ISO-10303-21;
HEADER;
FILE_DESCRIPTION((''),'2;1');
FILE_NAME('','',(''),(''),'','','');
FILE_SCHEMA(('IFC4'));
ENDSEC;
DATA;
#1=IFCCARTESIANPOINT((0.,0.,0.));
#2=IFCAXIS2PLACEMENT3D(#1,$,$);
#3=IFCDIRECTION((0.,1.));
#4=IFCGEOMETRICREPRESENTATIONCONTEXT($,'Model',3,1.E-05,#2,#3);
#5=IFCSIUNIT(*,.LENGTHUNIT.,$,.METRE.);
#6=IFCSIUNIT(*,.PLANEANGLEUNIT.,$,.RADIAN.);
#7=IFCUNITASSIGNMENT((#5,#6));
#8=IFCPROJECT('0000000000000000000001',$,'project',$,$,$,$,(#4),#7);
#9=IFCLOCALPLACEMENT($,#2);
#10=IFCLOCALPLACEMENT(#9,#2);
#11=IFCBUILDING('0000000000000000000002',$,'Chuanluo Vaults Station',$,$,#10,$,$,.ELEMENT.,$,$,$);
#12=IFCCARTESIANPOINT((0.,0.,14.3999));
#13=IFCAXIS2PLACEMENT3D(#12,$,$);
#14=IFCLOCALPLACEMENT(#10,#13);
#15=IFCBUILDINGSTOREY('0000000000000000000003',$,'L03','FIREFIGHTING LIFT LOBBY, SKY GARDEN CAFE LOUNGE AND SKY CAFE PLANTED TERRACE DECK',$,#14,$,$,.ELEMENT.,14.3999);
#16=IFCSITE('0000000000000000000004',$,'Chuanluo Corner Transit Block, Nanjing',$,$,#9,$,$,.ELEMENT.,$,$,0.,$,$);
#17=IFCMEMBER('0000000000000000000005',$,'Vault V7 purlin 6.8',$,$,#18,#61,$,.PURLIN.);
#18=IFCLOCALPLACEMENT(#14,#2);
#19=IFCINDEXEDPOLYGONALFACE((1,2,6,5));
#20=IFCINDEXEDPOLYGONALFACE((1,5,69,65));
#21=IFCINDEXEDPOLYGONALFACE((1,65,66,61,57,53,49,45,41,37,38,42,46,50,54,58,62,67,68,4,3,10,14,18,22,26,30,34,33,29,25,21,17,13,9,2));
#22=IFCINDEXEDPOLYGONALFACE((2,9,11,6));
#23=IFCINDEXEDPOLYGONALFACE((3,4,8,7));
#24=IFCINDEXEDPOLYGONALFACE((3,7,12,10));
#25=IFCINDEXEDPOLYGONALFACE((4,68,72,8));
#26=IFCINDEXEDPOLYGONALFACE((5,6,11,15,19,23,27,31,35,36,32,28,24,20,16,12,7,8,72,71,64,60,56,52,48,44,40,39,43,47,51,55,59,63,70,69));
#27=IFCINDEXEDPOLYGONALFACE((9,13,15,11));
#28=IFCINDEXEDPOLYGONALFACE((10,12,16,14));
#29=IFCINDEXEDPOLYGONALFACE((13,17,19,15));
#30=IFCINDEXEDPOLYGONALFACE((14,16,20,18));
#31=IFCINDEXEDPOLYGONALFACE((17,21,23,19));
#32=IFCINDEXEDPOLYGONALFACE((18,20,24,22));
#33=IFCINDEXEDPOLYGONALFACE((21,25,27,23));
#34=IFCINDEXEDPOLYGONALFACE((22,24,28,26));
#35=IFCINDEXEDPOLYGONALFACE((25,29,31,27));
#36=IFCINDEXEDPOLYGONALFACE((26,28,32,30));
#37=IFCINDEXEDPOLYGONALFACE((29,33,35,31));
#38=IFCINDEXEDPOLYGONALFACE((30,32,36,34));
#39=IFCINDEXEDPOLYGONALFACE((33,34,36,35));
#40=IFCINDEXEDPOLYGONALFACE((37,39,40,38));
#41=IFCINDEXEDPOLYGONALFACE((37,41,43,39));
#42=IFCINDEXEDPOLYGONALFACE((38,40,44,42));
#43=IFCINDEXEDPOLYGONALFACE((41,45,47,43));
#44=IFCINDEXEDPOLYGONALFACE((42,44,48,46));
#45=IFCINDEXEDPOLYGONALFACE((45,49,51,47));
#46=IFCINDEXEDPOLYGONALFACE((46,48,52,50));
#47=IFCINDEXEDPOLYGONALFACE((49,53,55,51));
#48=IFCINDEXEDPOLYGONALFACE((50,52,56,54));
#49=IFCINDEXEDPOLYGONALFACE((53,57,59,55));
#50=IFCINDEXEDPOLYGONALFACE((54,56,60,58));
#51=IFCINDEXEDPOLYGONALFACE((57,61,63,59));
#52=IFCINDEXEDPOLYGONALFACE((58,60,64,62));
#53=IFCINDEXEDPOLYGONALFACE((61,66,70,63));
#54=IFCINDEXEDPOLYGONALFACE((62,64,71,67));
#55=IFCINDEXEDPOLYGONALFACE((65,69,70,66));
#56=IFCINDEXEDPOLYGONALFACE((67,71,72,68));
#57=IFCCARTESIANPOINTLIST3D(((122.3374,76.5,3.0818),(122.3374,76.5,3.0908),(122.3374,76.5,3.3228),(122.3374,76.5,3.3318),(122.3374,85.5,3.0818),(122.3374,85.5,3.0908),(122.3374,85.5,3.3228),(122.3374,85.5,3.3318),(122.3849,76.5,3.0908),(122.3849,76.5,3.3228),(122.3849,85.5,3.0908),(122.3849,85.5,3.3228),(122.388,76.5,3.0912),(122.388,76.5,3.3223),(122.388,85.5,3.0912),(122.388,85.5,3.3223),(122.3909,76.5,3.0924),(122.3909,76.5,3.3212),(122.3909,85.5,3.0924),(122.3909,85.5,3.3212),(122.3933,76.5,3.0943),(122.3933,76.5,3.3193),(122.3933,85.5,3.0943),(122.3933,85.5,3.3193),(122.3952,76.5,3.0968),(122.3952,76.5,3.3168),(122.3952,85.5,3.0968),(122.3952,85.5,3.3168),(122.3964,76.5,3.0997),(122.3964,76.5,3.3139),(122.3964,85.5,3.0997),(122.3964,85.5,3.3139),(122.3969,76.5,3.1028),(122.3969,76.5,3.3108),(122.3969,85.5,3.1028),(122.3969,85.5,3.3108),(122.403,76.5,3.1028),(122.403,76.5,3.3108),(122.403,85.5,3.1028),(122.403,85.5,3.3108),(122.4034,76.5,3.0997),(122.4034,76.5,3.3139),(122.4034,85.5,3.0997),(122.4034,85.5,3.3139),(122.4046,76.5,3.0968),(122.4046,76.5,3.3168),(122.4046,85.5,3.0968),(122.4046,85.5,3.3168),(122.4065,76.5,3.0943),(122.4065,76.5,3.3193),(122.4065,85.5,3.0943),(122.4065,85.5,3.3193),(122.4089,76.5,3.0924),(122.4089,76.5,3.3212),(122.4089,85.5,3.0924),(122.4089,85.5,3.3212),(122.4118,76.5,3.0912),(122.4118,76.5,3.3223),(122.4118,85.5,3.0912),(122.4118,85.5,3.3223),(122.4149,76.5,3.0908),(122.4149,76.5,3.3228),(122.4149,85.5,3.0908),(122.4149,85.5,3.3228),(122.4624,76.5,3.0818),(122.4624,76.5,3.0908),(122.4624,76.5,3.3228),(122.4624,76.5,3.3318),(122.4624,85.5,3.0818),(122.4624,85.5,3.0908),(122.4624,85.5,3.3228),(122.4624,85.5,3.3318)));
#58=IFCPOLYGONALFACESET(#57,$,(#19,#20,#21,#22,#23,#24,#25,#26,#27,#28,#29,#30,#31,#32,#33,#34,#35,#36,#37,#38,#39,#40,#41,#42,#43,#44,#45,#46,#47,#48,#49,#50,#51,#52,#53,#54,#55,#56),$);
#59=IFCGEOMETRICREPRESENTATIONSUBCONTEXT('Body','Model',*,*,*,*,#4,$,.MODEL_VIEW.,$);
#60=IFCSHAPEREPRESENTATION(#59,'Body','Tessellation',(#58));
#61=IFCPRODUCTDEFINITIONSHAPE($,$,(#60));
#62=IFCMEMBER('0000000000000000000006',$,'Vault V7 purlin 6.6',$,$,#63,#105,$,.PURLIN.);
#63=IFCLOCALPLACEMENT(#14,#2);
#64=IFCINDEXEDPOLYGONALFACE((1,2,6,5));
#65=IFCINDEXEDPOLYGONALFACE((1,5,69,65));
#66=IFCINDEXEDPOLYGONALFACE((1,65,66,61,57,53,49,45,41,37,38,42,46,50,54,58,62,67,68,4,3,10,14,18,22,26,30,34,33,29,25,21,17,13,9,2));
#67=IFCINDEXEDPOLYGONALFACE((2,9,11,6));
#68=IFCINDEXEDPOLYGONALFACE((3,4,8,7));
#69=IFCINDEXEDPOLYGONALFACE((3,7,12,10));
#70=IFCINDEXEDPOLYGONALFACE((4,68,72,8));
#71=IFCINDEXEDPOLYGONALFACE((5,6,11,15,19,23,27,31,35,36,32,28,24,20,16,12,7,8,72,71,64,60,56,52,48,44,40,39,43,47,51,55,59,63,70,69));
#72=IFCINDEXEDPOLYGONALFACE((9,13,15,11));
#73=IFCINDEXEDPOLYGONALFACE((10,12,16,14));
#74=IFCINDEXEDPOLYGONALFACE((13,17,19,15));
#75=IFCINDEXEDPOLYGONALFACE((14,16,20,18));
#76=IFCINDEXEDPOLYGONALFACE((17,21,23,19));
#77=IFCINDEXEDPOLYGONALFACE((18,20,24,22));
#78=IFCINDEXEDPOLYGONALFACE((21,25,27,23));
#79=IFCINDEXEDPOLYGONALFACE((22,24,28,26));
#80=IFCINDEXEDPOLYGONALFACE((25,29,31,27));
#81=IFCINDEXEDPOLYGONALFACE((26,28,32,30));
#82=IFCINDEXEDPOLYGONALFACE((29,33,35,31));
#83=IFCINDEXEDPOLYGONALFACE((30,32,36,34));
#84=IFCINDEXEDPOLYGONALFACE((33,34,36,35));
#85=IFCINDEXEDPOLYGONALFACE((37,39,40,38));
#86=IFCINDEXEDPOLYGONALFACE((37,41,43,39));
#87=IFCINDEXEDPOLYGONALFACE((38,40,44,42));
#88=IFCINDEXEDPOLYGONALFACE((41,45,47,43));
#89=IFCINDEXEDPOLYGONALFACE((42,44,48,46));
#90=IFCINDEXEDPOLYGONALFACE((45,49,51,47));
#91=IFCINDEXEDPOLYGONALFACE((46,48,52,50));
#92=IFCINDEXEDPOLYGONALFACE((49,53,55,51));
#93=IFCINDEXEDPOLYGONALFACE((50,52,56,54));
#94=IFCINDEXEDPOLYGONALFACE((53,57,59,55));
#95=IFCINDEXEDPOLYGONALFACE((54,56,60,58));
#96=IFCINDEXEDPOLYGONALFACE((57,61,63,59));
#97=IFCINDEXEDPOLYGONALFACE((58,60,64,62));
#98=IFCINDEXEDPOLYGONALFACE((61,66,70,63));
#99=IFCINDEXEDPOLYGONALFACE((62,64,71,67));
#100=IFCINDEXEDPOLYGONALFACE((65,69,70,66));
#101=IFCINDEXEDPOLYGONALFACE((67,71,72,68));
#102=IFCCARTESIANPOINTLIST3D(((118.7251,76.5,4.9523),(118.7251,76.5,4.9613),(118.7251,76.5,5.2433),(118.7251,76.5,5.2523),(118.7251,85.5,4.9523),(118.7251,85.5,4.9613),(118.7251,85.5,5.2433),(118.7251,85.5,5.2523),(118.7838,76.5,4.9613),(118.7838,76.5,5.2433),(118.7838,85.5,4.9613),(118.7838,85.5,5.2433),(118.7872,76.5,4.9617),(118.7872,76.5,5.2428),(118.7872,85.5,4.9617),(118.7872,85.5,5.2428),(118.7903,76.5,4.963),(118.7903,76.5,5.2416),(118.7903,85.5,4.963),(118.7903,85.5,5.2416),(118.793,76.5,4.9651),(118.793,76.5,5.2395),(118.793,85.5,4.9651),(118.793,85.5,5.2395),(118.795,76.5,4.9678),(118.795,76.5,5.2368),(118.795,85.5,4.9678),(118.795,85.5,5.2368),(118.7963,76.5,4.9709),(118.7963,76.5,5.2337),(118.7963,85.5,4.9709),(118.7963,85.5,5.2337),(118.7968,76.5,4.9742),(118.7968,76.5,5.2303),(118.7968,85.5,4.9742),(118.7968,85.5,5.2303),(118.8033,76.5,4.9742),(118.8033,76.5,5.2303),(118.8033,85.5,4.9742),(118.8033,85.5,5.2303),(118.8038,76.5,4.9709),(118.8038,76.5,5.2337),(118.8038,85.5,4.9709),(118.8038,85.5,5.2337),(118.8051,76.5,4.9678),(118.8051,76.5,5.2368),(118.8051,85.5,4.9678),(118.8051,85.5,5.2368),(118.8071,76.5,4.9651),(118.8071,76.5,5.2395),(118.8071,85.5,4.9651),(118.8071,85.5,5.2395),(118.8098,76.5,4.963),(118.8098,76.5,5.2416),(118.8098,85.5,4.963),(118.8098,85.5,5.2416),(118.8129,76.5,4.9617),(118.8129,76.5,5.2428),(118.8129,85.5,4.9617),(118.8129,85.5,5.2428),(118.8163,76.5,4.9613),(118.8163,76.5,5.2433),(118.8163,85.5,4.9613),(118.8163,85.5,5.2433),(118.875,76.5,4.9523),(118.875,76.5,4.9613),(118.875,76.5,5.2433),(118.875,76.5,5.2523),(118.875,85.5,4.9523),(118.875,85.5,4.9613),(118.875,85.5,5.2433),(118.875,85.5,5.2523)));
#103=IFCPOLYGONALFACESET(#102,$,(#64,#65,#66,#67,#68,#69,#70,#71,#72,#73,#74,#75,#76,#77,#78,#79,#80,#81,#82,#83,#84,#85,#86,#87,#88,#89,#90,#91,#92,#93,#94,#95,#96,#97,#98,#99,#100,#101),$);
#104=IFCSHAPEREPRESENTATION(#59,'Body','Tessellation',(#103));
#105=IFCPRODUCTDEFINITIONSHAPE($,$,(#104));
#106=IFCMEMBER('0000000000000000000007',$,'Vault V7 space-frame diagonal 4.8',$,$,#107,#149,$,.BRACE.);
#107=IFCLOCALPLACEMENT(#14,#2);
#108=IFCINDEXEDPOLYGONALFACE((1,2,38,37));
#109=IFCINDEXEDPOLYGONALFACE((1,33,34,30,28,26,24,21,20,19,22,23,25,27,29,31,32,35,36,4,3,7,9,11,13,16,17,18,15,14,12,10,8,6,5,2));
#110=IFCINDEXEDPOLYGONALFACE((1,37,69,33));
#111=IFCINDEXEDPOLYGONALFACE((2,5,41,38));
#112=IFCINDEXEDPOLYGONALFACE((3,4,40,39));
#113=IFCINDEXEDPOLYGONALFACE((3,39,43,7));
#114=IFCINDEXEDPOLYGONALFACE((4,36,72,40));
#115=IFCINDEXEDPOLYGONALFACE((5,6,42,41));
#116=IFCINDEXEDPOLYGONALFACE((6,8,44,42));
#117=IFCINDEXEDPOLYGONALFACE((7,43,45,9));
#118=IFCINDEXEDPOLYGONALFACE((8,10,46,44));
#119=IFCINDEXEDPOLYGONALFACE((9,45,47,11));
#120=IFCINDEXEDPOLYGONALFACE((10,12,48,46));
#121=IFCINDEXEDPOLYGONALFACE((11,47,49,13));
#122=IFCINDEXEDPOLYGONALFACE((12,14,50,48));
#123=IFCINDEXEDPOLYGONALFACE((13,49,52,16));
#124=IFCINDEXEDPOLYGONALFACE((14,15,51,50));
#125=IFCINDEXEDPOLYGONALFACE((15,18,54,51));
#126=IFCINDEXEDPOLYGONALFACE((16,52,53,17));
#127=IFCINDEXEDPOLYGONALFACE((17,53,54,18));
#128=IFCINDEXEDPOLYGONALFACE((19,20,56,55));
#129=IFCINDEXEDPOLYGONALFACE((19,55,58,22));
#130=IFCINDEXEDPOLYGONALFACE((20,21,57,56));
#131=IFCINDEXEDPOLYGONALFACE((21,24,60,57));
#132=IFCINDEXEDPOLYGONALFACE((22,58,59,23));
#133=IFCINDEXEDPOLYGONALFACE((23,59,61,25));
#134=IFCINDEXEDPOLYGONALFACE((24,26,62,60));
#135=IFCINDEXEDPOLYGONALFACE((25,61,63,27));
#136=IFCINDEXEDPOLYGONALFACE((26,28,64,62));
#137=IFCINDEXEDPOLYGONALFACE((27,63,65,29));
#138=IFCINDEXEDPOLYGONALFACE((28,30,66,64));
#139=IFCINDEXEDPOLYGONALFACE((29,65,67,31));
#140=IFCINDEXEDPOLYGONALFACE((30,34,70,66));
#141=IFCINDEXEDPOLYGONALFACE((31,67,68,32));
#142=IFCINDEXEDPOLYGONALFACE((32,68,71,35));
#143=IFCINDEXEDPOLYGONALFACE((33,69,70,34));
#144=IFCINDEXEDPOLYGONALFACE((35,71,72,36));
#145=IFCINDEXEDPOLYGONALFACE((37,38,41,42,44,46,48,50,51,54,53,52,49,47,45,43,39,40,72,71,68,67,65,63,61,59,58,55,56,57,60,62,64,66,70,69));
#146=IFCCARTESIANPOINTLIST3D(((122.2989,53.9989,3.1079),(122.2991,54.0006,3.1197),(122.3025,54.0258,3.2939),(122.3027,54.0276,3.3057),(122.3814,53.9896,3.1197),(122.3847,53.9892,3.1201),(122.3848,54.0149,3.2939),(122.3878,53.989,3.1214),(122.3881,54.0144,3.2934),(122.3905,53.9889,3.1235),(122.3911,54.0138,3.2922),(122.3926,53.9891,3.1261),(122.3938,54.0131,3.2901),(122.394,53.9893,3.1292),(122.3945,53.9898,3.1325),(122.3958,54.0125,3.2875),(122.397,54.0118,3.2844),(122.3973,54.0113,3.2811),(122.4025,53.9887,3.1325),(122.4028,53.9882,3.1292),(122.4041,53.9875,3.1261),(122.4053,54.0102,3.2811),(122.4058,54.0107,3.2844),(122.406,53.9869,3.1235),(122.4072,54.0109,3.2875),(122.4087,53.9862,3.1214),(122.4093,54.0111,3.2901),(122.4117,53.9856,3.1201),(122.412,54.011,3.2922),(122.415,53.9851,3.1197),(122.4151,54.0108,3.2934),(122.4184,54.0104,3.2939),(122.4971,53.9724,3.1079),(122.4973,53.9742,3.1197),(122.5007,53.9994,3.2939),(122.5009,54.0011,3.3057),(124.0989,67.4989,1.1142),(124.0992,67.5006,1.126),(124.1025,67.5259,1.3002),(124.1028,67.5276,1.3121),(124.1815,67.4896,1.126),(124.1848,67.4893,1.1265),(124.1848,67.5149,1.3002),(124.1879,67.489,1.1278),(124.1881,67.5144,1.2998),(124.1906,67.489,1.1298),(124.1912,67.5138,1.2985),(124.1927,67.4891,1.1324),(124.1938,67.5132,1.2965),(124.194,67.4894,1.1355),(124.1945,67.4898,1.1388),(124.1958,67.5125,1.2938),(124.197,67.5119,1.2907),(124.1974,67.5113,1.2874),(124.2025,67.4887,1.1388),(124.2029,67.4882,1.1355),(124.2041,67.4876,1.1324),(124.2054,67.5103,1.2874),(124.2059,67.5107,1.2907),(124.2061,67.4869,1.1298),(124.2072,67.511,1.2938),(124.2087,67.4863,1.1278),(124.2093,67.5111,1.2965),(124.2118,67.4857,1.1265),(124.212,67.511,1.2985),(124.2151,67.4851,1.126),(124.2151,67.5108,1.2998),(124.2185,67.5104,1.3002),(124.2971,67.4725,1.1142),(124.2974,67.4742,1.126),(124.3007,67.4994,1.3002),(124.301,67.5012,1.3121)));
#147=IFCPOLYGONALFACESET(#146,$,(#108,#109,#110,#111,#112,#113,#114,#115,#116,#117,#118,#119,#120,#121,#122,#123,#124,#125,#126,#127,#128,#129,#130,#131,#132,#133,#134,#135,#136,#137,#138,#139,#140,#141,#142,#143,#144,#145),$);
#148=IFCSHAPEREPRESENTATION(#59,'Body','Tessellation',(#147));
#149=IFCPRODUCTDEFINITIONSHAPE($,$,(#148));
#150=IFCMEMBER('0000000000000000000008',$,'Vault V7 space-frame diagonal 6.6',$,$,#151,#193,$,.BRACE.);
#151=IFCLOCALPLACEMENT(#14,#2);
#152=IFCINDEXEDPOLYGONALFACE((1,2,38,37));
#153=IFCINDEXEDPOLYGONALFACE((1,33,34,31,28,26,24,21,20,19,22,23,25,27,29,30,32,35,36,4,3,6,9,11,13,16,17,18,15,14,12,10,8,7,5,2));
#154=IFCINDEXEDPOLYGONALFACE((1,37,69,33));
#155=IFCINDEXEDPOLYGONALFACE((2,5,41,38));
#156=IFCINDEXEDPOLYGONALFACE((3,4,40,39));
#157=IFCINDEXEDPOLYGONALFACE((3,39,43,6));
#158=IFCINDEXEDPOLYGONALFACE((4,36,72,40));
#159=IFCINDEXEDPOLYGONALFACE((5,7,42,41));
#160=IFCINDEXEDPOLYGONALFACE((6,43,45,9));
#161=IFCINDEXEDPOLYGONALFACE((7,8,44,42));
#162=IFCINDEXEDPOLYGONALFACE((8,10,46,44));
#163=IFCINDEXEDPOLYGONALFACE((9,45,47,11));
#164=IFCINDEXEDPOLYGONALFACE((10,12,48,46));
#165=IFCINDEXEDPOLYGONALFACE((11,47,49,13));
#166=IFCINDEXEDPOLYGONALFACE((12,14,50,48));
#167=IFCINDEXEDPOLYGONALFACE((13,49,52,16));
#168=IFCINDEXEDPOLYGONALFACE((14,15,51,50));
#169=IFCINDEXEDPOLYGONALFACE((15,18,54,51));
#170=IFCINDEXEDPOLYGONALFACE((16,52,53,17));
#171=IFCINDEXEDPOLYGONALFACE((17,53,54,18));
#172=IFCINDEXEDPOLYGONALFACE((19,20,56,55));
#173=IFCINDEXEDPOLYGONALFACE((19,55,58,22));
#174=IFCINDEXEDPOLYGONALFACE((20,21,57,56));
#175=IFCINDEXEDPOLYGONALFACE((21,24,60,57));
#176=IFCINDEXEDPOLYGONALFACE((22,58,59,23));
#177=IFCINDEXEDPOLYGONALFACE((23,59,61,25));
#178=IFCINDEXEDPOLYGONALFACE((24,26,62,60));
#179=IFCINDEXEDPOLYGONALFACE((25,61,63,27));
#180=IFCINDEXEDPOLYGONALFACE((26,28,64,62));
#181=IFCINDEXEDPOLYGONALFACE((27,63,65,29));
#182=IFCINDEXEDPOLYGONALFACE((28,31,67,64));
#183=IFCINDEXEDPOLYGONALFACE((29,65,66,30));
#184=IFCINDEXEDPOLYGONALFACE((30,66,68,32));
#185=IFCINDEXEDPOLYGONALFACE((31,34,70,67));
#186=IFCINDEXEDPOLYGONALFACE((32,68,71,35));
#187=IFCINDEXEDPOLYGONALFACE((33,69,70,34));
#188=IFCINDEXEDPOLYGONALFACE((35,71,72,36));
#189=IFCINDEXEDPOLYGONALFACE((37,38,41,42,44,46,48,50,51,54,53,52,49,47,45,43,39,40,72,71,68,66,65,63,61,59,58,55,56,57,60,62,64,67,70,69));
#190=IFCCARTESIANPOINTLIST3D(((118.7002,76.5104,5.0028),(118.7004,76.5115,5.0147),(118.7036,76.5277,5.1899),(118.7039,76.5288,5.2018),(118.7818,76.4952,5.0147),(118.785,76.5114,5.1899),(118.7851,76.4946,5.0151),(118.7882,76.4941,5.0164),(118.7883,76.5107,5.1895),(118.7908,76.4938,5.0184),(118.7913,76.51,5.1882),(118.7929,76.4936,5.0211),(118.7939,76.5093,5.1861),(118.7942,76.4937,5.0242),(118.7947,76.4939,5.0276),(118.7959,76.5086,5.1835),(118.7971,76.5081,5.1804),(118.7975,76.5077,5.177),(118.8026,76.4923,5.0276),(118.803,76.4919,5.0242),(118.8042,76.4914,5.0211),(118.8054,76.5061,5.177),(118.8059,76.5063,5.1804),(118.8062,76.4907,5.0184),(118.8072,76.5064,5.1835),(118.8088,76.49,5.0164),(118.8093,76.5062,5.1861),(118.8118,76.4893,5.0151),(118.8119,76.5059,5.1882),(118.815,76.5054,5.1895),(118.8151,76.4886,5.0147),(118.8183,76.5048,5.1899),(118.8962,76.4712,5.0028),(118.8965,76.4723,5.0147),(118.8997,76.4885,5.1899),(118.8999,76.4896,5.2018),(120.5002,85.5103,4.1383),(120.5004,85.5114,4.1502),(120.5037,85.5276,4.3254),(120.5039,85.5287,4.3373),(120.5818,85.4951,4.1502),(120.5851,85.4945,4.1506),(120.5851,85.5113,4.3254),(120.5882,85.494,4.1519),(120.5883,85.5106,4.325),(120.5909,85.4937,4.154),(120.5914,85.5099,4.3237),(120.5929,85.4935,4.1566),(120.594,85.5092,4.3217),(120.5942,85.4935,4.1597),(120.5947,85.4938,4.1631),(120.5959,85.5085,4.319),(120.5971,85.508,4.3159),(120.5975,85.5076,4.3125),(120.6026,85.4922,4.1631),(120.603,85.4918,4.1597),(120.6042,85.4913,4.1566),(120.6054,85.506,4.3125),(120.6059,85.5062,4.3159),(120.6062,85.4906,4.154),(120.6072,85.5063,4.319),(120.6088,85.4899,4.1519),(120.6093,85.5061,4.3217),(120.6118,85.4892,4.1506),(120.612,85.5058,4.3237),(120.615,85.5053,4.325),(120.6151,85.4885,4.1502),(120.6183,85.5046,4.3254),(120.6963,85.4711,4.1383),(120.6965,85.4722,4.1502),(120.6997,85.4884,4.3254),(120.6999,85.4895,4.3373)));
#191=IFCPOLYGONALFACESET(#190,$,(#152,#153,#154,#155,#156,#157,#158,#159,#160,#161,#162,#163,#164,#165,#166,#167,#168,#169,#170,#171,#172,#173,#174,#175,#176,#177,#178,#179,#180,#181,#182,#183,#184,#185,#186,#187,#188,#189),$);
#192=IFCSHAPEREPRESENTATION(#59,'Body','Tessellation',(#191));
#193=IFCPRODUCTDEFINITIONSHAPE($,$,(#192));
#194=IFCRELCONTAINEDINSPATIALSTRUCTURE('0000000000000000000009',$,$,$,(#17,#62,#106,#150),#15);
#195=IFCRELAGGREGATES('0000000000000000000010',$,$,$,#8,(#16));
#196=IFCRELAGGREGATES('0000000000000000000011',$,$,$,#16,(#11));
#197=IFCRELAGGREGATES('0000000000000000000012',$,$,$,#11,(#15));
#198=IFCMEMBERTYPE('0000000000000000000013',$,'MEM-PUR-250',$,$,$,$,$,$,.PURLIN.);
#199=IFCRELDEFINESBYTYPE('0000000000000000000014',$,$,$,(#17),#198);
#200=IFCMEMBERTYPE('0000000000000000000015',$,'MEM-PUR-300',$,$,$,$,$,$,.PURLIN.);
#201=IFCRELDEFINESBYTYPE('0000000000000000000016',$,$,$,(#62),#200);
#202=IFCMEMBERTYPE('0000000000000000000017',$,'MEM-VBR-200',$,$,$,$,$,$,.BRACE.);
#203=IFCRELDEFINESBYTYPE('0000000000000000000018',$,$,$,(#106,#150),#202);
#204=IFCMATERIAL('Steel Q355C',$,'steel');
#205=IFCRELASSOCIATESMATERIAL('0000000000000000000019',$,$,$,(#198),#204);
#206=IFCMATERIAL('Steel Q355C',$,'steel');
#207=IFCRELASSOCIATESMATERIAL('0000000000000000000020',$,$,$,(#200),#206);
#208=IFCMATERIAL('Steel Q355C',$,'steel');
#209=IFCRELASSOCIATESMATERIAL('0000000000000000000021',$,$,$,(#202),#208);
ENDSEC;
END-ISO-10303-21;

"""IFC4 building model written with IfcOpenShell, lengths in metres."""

from ifc_helpers import new_model, si_unit, direction, frame, origin, origin_2d, place, context, subcontext, project, spatial, i_section, extrude, material, material_profile, profile_set, type_object, element, save


model = new_model("IFC4")

# Units and contexts
model_context = context("Model", 3, precision=1e-05, world=origin(), true_north=direction((0.0, 1.0)))
body_context = subcontext(model_context, "Body", "Model", "MODEL_VIEW")
ifc_project = project(units=[si_unit("LENGTHUNIT", "METRE"), si_unit("PLANEANGLEUNIT", "RADIAN")], contexts=[model_context])

# Site, building, storey
site_placement = place(None, origin())
site = spatial("IfcSite", under=ifc_project, at=site_placement, Name="Chuanluo Corner Transit Block, Nanjing", CompositionType="ELEMENT", RefElevation=0.0)
building_placement = place(site_placement, origin())
building = spatial("IfcBuilding", under=site, at=building_placement, Name="Chuanluo Vaults Station", CompositionType="ELEMENT")
storey_placement = place(building_placement, frame((0.0, 0.0, 14.3999)))
storey = spatial("IfcBuildingStorey", under=building, at=storey_placement, Name="L03", Description="FIREFIGHTING LIFT LOBBY, SKY GARDEN CAFE LOUNGE AND SKY CAFE PLANTED TERRACE DECK", CompositionType="ELEMENT", Elevation=14.3999)

# Members
ifc_material_1 = material(Name="Steel Q355C", Category="steel")
ifc_material_profile_1 = material_profile(ifc_material_1, i_section(OverallWidth=0.125, OverallDepth=0.25, WebThickness=0.0061, FlangeThickness=0.009, FilletRadius=0.012, at=origin_2d()))
ifc_profile_set_1 = profile_set([ifc_material_profile_1], Name="Steel Q355C")
member_type_1 = type_object("IfcMemberType", Name="MEM-PUR-250", PredefinedType="PURLIN", material=ifc_profile_set_1)
for number, where, z_axis, x_axis, name in (
    (1, (122.3999, 76.5, 3.2068), (0.0, 1.0, 0.0), (-1.0, 0.0, 0.0), "Vault V7 purlin 6.8"),
):
    element("IfcMember", number, at=place(storey_placement, frame(where, z_axis=z_axis, x_axis=x_axis)), inside=storey, type_object=member_type_1, Name=name, PredefinedType="PURLIN", context=body_context, shape_type="SweptSolid", body=[
        extrude(i_section(OverallWidth=0.125, OverallDepth=0.25, WebThickness=0.0061, FlangeThickness=0.009, FilletRadius=0.012, at=origin_2d()), origin(), (0.0, 0.0, 1.0), 9.0),
    ])
ifc_material_2 = material(Name="Steel Q355C", Category="steel")
ifc_material_profile_2 = material_profile(ifc_material_2, i_section(OverallWidth=0.1499, OverallDepth=0.3, WebThickness=0.0066, FlangeThickness=0.009, FilletRadius=0.0129, at=origin_2d()))
ifc_profile_set_2 = profile_set([ifc_material_profile_2], Name="Steel Q355C")
member_type_2 = type_object("IfcMemberType", Name="MEM-PUR-300", PredefinedType="PURLIN", material=ifc_profile_set_2)
member_1_placement = place(storey_placement, frame((118.8, 76.5, 5.1023), z_axis=(0.0, 1.0, 0.0), x_axis=(-1.0, 0.0, 0.0)))
element("IfcMember", 2, at=member_1_placement, inside=storey, type_object=member_type_2, Name="Vault V7 purlin 6.6", PredefinedType="PURLIN", context=body_context, shape_type="SweptSolid", body=[
    extrude(i_section(OverallWidth=0.1499, OverallDepth=0.3, WebThickness=0.0066, FlangeThickness=0.009, FilletRadius=0.0129, at=origin_2d()), origin(), (0.0, 0.0, 1.0), 9.0),
])
ifc_material_3 = material(Name="Steel Q355C", Category="steel")
ifc_material_profile_3 = material_profile(ifc_material_3, i_section(OverallWidth=0.2, OverallDepth=0.2, WebThickness=0.0081, FlangeThickness=0.012, FilletRadius=0.0129, at=origin_2d()))
ifc_profile_set_3 = profile_set([ifc_material_profile_3], Name="Steel Q355C")
member_type_3 = type_object("IfcMemberType", Name="MEM-VBR-200", PredefinedType="BRACE", material=ifc_profile_set_3)
member_2_placement = place(storey_placement, frame((122.3999, 54.0, 3.2068), z_axis=(0.130774, 0.980775, -0.144839), x_axis=(-0.991227, 0.132167, 0.0)))
element("IfcMember", 3, at=member_2_placement, inside=storey, type_object=member_type_3, Name="Vault V7 space-frame diagonal 4.8", PredefinedType="BRACE", context=body_context, shape_type="SweptSolid", body=[
    extrude(i_section(OverallWidth=0.2, OverallDepth=0.2, WebThickness=0.0081, FlangeThickness=0.012, FilletRadius=0.0129, at=origin_2d()), origin(), (0.0, 0.0, 1.0), 13.7646),
])
member_3_placement = place(storey_placement, frame((118.8, 76.5, 5.1023), z_axis=(0.195257, 0.976259, -0.093775), x_axis=(-0.98058, 0.196121, 0.0)))
element("IfcMember", 4, at=member_3_placement, inside=storey, type_object=member_type_3, Name="Vault V7 space-frame diagonal 6.6", PredefinedType="BRACE", context=body_context, shape_type="SweptSolid", body=[
    extrude(i_section(OverallWidth=0.2, OverallDepth=0.2, WebThickness=0.0081, FlangeThickness=0.012, FilletRadius=0.0129, at=origin_2d()), origin(), (0.0, 0.0, 1.0), 9.2188),
])

save(model, "model.ifc")
